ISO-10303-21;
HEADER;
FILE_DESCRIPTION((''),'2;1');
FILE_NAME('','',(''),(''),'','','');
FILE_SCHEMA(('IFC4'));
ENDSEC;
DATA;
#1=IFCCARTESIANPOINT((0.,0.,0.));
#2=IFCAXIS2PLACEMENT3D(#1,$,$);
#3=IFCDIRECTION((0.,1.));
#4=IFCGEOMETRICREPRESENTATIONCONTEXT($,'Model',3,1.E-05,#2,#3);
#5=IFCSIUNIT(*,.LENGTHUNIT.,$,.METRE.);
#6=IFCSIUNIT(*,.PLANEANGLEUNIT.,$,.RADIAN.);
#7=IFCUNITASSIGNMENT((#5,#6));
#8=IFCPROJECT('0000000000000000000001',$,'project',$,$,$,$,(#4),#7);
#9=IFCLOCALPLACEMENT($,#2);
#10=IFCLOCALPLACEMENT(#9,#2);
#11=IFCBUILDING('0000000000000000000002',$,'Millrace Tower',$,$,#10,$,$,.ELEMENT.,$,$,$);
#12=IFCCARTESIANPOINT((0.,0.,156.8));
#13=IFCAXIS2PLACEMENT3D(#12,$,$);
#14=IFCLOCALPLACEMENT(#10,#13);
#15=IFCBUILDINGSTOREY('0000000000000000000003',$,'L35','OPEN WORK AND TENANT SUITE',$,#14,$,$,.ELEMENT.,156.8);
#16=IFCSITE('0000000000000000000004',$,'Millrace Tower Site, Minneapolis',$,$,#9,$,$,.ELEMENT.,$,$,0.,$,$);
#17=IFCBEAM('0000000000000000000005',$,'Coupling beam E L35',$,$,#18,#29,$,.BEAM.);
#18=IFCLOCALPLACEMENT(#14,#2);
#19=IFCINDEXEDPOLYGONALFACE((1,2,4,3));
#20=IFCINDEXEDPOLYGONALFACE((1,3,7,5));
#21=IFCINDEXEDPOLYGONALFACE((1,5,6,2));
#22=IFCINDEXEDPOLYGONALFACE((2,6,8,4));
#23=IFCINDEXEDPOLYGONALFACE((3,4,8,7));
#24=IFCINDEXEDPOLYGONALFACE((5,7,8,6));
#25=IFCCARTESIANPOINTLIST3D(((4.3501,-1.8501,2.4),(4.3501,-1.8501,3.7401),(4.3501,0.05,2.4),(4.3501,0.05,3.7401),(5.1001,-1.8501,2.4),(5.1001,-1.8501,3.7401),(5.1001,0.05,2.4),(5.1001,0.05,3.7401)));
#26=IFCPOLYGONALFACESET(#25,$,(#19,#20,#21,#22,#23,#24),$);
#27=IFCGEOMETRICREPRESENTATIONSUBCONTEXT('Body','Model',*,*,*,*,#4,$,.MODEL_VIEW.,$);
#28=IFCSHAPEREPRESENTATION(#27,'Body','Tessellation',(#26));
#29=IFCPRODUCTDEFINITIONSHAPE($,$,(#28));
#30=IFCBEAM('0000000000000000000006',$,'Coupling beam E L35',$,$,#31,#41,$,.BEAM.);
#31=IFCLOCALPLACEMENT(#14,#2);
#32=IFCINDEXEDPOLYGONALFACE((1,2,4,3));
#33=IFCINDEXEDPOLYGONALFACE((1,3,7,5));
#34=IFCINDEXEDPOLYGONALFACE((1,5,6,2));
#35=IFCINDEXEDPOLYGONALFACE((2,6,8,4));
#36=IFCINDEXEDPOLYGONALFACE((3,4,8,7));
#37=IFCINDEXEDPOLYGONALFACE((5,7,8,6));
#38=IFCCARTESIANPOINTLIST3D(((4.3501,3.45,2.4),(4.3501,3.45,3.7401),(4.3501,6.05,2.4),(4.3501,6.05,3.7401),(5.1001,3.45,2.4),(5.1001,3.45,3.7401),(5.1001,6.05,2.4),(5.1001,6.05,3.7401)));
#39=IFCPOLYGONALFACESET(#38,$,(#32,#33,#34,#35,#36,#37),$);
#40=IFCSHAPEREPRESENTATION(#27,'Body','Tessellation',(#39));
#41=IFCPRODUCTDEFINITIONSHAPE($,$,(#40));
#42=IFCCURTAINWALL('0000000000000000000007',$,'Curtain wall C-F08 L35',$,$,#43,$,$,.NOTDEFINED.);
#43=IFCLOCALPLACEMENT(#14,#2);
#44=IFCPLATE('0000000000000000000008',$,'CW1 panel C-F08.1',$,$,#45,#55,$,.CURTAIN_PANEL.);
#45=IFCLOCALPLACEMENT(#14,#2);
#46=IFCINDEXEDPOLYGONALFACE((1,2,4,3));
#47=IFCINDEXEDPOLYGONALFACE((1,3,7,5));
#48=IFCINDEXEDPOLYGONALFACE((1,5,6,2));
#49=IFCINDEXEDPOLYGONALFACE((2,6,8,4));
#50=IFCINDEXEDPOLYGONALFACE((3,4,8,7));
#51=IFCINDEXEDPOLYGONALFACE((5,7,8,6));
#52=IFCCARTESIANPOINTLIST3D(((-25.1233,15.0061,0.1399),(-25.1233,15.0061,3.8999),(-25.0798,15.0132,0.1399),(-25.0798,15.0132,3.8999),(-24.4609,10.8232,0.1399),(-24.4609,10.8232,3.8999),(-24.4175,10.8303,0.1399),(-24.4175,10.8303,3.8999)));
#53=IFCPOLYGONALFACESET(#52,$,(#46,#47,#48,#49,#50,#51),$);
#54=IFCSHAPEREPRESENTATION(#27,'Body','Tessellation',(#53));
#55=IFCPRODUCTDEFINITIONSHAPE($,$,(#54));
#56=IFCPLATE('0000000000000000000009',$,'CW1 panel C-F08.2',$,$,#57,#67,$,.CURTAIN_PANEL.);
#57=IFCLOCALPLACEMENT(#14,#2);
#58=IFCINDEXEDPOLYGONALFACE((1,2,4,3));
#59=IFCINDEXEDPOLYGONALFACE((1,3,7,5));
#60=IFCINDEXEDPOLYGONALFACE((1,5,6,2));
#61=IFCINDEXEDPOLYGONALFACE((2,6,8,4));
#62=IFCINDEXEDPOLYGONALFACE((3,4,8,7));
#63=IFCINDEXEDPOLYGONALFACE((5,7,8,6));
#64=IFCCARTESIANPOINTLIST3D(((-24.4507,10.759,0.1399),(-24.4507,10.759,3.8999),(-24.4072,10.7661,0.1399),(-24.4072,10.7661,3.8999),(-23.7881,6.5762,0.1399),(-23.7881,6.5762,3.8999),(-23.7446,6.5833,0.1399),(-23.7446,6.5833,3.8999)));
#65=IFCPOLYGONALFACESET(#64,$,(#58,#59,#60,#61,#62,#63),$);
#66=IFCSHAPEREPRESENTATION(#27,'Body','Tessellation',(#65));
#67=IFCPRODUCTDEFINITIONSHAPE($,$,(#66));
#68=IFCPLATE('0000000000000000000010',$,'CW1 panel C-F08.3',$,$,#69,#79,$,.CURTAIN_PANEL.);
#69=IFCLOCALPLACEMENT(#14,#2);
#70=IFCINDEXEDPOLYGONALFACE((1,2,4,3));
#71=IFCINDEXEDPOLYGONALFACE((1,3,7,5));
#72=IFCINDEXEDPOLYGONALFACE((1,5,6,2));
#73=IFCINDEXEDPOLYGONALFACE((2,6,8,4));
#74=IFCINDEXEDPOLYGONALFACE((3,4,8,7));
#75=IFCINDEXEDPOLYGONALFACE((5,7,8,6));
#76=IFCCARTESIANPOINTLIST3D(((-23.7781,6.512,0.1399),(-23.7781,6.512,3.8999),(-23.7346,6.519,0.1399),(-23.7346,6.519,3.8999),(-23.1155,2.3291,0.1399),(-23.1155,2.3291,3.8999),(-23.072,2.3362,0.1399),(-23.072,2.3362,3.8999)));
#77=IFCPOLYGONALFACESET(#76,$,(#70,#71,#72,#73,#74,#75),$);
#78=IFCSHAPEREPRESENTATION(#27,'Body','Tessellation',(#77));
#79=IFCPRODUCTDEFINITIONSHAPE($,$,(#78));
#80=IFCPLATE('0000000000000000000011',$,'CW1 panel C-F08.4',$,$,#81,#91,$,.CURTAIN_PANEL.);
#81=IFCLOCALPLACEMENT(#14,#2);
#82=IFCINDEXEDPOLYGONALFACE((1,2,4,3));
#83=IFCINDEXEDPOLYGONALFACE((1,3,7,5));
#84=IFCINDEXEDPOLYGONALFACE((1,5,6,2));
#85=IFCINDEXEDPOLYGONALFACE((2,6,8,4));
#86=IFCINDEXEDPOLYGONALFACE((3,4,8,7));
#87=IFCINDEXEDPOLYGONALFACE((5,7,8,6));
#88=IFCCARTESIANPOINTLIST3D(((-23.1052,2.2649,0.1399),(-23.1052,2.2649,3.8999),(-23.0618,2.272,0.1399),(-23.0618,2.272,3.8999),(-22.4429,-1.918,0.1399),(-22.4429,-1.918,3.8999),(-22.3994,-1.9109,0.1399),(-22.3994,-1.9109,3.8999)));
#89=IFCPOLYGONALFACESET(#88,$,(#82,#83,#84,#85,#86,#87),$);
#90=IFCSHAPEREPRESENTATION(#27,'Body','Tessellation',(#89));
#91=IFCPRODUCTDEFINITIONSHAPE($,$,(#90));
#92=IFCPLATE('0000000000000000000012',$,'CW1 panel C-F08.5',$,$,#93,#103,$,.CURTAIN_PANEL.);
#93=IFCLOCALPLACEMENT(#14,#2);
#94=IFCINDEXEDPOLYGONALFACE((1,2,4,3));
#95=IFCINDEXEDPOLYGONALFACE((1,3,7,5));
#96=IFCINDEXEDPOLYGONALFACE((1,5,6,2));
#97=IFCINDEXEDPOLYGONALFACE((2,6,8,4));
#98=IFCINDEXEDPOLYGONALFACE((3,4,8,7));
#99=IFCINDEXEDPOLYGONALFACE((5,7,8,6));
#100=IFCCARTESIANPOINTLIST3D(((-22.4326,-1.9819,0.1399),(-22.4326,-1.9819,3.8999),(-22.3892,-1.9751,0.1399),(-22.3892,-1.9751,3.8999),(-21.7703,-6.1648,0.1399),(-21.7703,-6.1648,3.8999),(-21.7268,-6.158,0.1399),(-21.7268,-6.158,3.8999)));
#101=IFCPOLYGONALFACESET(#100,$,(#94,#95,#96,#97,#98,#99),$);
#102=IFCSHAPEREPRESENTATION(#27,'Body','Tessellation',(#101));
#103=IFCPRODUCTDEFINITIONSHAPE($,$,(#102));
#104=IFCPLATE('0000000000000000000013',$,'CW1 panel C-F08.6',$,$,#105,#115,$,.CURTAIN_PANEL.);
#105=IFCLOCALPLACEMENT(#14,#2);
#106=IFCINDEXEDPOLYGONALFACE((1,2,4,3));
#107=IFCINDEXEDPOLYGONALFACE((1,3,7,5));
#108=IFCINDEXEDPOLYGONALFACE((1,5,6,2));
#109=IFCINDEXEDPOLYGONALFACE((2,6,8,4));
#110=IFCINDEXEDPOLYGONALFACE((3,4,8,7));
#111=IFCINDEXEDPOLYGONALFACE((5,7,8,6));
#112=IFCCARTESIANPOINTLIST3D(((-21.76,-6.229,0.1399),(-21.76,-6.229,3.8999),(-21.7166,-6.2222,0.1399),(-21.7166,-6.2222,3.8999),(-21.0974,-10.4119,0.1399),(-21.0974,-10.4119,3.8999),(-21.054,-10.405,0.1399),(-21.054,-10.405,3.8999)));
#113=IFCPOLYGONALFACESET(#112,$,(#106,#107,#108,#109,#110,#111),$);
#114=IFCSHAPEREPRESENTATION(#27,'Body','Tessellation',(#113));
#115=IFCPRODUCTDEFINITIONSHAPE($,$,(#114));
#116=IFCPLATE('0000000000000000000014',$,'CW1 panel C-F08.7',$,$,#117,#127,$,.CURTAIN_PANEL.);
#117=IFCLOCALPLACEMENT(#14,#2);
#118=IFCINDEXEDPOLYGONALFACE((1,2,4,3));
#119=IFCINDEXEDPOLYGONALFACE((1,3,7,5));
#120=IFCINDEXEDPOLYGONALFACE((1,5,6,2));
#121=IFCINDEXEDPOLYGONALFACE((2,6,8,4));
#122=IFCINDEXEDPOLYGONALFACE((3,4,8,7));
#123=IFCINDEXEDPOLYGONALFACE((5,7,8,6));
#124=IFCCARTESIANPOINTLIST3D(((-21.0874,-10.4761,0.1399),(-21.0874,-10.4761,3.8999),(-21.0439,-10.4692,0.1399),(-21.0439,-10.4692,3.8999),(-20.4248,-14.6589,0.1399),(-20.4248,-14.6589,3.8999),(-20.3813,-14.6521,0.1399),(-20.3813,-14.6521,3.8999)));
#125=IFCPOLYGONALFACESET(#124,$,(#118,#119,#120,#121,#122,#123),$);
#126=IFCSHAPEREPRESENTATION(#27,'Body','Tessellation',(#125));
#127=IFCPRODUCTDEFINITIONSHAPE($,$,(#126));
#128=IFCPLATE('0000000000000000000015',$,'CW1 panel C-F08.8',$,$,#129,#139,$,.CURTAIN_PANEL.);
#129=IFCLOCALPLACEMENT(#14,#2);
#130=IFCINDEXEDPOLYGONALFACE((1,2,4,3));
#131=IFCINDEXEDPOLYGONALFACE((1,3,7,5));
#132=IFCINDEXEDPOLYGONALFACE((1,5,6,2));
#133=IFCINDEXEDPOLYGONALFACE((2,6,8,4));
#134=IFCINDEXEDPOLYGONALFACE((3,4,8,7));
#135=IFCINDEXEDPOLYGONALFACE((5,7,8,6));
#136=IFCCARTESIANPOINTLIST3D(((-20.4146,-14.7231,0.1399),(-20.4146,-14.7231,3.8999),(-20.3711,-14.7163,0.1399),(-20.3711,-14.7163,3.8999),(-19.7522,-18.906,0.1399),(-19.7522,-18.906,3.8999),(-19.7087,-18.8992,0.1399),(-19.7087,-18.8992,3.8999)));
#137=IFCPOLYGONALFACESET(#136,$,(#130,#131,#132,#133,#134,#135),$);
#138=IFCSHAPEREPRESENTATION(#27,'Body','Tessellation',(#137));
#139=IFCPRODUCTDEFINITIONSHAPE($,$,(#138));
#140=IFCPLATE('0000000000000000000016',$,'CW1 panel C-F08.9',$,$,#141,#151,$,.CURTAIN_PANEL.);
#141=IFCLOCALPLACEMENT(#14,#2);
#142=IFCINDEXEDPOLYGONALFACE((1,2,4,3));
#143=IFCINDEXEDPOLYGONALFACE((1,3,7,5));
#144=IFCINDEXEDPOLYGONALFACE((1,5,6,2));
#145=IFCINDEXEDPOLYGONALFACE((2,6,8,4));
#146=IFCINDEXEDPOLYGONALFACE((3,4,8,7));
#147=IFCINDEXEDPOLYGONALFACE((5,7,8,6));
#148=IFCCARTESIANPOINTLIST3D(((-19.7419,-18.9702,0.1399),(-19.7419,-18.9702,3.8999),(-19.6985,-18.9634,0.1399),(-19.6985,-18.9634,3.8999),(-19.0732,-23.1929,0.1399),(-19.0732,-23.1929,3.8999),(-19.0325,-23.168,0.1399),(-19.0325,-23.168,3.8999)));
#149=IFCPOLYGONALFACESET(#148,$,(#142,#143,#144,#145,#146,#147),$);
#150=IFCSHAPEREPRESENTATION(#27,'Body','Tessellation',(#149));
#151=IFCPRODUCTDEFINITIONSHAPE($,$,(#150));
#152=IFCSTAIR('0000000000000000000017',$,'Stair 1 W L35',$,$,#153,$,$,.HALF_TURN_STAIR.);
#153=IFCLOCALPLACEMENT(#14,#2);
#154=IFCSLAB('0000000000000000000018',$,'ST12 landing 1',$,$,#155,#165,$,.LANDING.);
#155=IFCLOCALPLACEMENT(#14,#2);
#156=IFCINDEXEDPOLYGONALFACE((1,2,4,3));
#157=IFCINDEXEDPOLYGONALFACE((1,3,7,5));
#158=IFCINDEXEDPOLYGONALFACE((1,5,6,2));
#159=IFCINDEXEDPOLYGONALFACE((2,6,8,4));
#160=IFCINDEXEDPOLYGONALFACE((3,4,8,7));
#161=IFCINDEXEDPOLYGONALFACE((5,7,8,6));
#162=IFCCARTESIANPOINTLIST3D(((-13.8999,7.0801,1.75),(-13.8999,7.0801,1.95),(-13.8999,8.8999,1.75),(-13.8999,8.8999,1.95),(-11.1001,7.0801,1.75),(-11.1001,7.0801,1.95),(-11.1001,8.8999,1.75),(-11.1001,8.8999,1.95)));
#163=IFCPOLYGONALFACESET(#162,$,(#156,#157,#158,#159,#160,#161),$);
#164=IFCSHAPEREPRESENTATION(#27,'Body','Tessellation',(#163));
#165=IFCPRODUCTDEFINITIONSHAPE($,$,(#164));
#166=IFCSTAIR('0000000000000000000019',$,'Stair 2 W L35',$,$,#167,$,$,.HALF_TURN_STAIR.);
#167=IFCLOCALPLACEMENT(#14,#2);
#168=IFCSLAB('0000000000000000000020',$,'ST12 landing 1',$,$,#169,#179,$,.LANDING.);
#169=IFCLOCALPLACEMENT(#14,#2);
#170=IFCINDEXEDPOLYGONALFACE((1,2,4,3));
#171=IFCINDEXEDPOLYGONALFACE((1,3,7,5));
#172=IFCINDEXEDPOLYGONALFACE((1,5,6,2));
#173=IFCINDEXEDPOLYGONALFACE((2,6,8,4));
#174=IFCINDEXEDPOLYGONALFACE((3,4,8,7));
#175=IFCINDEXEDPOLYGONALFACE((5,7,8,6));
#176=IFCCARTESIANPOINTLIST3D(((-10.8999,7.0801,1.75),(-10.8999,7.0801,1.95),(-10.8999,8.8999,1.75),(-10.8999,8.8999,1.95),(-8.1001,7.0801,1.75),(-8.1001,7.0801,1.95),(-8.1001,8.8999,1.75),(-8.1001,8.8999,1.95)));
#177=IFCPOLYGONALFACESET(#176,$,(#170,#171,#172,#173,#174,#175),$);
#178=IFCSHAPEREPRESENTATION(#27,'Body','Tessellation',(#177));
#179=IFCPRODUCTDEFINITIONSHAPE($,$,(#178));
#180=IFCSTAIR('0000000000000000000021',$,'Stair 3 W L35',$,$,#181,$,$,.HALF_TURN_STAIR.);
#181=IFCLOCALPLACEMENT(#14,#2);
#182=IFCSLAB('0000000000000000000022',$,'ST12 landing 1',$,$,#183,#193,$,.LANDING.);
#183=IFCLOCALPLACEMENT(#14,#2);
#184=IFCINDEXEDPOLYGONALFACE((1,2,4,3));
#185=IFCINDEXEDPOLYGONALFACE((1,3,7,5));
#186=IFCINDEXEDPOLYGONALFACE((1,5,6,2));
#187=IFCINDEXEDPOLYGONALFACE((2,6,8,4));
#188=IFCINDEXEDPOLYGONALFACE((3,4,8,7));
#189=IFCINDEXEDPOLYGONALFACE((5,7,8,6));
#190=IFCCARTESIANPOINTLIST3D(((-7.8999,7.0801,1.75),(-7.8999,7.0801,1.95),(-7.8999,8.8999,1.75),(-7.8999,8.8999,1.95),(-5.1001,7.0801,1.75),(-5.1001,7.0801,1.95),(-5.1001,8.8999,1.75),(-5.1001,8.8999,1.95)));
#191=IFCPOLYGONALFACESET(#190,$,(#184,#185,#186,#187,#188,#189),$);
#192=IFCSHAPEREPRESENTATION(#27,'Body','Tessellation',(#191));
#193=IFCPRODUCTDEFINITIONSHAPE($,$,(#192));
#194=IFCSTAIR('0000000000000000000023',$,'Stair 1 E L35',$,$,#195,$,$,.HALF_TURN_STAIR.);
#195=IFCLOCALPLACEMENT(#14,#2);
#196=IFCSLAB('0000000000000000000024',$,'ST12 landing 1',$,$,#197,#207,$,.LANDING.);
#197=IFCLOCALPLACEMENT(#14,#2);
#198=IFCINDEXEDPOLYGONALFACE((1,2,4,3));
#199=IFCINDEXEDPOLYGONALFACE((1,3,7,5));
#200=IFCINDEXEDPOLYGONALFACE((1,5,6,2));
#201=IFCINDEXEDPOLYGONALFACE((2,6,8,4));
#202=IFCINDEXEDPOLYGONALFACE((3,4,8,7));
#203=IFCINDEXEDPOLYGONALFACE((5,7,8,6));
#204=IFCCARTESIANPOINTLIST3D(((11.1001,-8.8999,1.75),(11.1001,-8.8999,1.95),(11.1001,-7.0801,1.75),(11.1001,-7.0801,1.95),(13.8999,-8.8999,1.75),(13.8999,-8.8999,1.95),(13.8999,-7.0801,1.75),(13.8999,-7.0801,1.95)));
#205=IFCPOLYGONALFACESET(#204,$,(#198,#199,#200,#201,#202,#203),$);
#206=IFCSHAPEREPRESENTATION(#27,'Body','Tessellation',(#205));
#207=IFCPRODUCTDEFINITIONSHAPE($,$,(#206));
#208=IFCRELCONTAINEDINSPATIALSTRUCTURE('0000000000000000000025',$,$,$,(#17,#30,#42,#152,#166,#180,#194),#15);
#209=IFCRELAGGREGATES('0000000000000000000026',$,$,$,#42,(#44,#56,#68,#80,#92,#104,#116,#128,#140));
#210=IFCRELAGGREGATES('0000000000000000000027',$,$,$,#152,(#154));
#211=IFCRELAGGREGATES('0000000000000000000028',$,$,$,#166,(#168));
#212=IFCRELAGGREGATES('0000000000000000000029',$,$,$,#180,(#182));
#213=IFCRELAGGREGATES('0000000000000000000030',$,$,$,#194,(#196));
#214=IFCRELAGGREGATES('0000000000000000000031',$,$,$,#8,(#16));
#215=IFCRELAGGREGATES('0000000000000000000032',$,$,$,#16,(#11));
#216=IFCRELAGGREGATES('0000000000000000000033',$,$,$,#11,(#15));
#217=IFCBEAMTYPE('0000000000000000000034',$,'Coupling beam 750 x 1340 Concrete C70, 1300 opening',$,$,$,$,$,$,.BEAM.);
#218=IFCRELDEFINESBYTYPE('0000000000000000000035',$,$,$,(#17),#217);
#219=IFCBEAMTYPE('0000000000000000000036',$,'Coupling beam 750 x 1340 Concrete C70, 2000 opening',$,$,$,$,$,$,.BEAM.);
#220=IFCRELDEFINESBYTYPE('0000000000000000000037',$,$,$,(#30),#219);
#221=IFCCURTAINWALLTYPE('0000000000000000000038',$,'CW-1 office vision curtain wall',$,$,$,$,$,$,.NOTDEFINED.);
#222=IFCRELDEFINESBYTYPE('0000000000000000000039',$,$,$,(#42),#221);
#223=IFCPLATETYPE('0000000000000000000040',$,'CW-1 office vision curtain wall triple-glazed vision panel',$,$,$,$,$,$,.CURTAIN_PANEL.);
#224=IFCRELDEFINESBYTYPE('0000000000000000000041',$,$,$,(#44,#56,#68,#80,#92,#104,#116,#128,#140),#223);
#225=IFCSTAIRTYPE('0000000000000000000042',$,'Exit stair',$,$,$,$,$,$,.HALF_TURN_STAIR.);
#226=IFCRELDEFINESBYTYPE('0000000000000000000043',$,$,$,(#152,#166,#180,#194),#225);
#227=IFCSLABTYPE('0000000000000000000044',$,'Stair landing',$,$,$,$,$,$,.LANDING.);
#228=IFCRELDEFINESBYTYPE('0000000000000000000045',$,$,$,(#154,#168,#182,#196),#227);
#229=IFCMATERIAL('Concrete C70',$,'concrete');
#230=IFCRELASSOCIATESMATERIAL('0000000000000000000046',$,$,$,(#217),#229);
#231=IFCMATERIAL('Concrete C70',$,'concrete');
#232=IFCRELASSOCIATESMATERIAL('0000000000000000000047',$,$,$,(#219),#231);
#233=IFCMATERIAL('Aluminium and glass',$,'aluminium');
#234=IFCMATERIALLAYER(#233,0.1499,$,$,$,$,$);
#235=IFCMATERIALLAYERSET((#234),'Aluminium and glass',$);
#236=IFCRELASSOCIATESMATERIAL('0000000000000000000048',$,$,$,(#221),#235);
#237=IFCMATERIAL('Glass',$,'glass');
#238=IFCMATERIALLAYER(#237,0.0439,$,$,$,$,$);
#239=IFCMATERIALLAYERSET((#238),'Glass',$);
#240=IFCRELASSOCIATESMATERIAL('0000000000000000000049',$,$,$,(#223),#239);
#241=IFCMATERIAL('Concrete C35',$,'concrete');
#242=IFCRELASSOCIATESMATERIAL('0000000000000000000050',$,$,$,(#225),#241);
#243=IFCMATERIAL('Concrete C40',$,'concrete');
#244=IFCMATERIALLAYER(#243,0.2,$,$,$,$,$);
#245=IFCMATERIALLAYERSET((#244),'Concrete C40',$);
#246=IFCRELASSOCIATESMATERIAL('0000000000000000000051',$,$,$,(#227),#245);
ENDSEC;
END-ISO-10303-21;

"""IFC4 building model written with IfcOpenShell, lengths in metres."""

from ifc_helpers import new_model, si_unit, direction, frame, origin, origin_2d, place, context, subcontext, project, spatial, polyline, rectangle, outline, extrude, material, layer, layer_set, material_profile, profile_set, type_object, element, aggregate, save


model = new_model("IFC4")

# Units and contexts
model_context = context("Model", 3, precision=1e-05, world=origin(), true_north=direction((0.0, 1.0)))
body_context = subcontext(model_context, "Body", "Model", "MODEL_VIEW")
ifc_project = project(units=[si_unit("LENGTHUNIT", "METRE"), si_unit("PLANEANGLEUNIT", "RADIAN")], contexts=[model_context])

# Site, building, storey
site_placement = place(None, origin())
site = spatial("IfcSite", under=ifc_project, at=site_placement, Name="Millrace Tower Site, Minneapolis", CompositionType="ELEMENT", RefElevation=0.0)
building_placement = place(site_placement, origin())
building = spatial("IfcBuilding", under=site, at=building_placement, Name="Millrace Tower", CompositionType="ELEMENT")
storey_placement = place(building_placement, frame((0.0, 0.0, 156.8)))
storey = spatial("IfcBuildingStorey", under=building, at=storey_placement, Name="L35", Description="OPEN WORK AND TENANT SUITE", CompositionType="ELEMENT", Elevation=156.8)

# Beams
ifc_material_1 = material(Name="Concrete C70", Category="concrete")
ifc_material_profile_1 = material_profile(ifc_material_1, rectangle(XDim=0.75, YDim=1.3401, at=origin_2d()))
ifc_profile_set_1 = profile_set([ifc_material_profile_1], Name="Concrete C70")
beam_type_1 = type_object("IfcBeamType", Name="Coupling beam 750 x 1340 Concrete C70, 1300 opening", PredefinedType="BEAM", material=ifc_profile_set_1)
beam_1_placement = place(storey_placement, frame((4.7251, 0.05, 3.0701), z_axis=(0.0, -1.0, 0.0), x_axis=(1.0, 0.0, 0.0)))
element("IfcBeam", 1, at=beam_1_placement, inside=storey, type_object=beam_type_1, Name="Coupling beam E L35", PredefinedType="BEAM", context=body_context, shape_type="SweptSolid", body=[
    extrude(rectangle(XDim=0.75, YDim=1.3401, at=origin_2d()), origin(), (0.0, 0.0, 1.0), 1.9001),
])
ifc_material_2 = material(Name="Concrete C70", Category="concrete")
ifc_material_profile_2 = material_profile(ifc_material_2, rectangle(XDim=0.75, YDim=1.3401, at=origin_2d()))
ifc_profile_set_2 = profile_set([ifc_material_profile_2], Name="Concrete C70")
beam_type_2 = type_object("IfcBeamType", Name="Coupling beam 750 x 1340 Concrete C70, 2000 opening", PredefinedType="BEAM", material=ifc_profile_set_2)
beam_2_placement = place(storey_placement, frame((4.7251, 6.05, 3.0701), z_axis=(0.0, -1.0, 0.0), x_axis=(1.0, 0.0, 0.0)))
element("IfcBeam", 2, at=beam_2_placement, inside=storey, type_object=beam_type_2, Name="Coupling beam E L35", PredefinedType="BEAM", context=body_context, shape_type="SweptSolid", body=[
    extrude(rectangle(XDim=0.75, YDim=1.3401, at=origin_2d()), origin(), (0.0, 0.0, 1.0), 2.6001),
])

# Curtain wall, plates
ifc_material_3 = material(Name="Aluminium and glass", Category="aluminium")
ifc_layer_1 = layer(ifc_material_3, 0.1499)
ifc_layer_set_1 = layer_set([ifc_layer_1], Name="Aluminium and glass")
curtain_wall_type = type_object("IfcCurtainWallType", Name="CW-1 office vision curtain wall", PredefinedType="NOTDEFINED", material=ifc_layer_set_1)
placement_1 = place(storey_placement, origin())
curtain_wall = element("IfcCurtainWall", 3, at=placement_1, inside=storey, type_object=curtain_wall_type, Name="Curtain wall C-F08 L35", PredefinedType="NOTDEFINED")
ifc_material_4 = material(Name="Glass", Category="glass")
ifc_layer_2 = layer(ifc_material_4, 0.0439)
ifc_layer_set_2 = layer_set([ifc_layer_2], Name="Glass")
plate_type = type_object("IfcPlateType", Name="CW-1 office vision curtain wall triple-glazed vision panel", PredefinedType="CURTAIN_PANEL", material=ifc_layer_set_2)
placement_2 = place(storey_placement, frame((0.0, 0.0, 0.1399)))
plate_1 = element("IfcPlate", 4, at=placement_2, type_object=plate_type, Name="CW1 panel C-F08.1", PredefinedType="CURTAIN_PANEL", context=body_context, shape_type="SweptSolid", body=[
    extrude(outline(polyline([(-25.1233, 15.0061), (-24.4609, 10.8232), (-24.4175, 10.8303), (-25.0798, 15.0132), (-25.1233, 15.0061)])), origin(), (0.0, 0.0, 1.0), 3.76),
])
plate_2 = element("IfcPlate", 5, at=placement_2, type_object=plate_type, Name="CW1 panel C-F08.2", PredefinedType="CURTAIN_PANEL", context=body_context, shape_type="SweptSolid", body=[
    extrude(outline(polyline([(-24.4507, 10.759), (-23.7881, 6.5762), (-23.7446, 6.5833), (-24.4072, 10.7661), (-24.4507, 10.759)])), origin(), (0.0, 0.0, 1.0), 3.76),
])
plate_3 = element("IfcPlate", 6, at=placement_2, type_object=plate_type, Name="CW1 panel C-F08.3", PredefinedType="CURTAIN_PANEL", context=body_context, shape_type="SweptSolid", body=[
    extrude(outline(polyline([(-23.7781, 6.512), (-23.1155, 2.3291), (-23.072, 2.3362), (-23.7346, 6.519), (-23.7781, 6.512)])), origin(), (0.0, 0.0, 1.0), 3.76),
])
plate_4 = element("IfcPlate", 7, at=placement_2, type_object=plate_type, Name="CW1 panel C-F08.4", PredefinedType="CURTAIN_PANEL", context=body_context, shape_type="SweptSolid", body=[
    extrude(outline(polyline([(-23.1052, 2.2649), (-22.4429, -1.918), (-22.3994, -1.9109), (-23.0618, 2.272), (-23.1052, 2.2649)])), origin(), (0.0, 0.0, 1.0), 3.76),
])
plate_5 = element("IfcPlate", 8, at=placement_2, type_object=plate_type, Name="CW1 panel C-F08.5", PredefinedType="CURTAIN_PANEL", context=body_context, shape_type="SweptSolid", body=[
    extrude(outline(polyline([(-22.4326, -1.9819), (-21.7703, -6.1648), (-21.7268, -6.158), (-22.3892, -1.9751), (-22.4326, -1.9819)])), origin(), (0.0, 0.0, 1.0), 3.76),
])
plate_6 = element("IfcPlate", 9, at=placement_2, type_object=plate_type, Name="CW1 panel C-F08.6", PredefinedType="CURTAIN_PANEL", context=body_context, shape_type="SweptSolid", body=[
    extrude(outline(polyline([(-21.76, -6.229), (-21.0974, -10.4119), (-21.054, -10.405), (-21.7166, -6.2222), (-21.76, -6.229)])), origin(), (0.0, 0.0, 1.0), 3.76),
])
plate_7 = element("IfcPlate", 10, at=placement_2, type_object=plate_type, Name="CW1 panel C-F08.7", PredefinedType="CURTAIN_PANEL", context=body_context, shape_type="SweptSolid", body=[
    extrude(outline(polyline([(-21.0874, -10.4761), (-20.4248, -14.6589), (-20.3813, -14.6521), (-21.0439, -10.4692), (-21.0874, -10.4761)])), origin(), (0.0, 0.0, 1.0), 3.76),
])
plate_8 = element("IfcPlate", 11, at=placement_2, type_object=plate_type, Name="CW1 panel C-F08.8", PredefinedType="CURTAIN_PANEL", context=body_context, shape_type="SweptSolid", body=[
    extrude(outline(polyline([(-20.4146, -14.7231), (-19.7522, -18.906), (-19.7087, -18.8992), (-20.3711, -14.7163), (-20.4146, -14.7231)])), origin(), (0.0, 0.0, 1.0), 3.76),
])
plate_9 = element("IfcPlate", 12, at=placement_2, type_object=plate_type, Name="CW1 panel C-F08.9", PredefinedType="CURTAIN_PANEL", context=body_context, shape_type="SweptSolid", body=[
    extrude(outline(polyline([(-19.7419, -18.9702), (-19.0732, -23.1929), (-19.0325, -23.168), (-19.6985, -18.9634), (-19.7419, -18.9702)])), origin(), (0.0, 0.0, 1.0), 3.76),
])
aggregate(curtain_wall, [plate_1, plate_2, plate_3, plate_4, plate_5, plate_6, plate_7, plate_8, plate_9])

# Stairs, slabs
ifc_material_5 = material(Name="Concrete C35", Category="concrete")
stair_type = type_object("IfcStairType", Name="Exit stair", PredefinedType="HALF_TURN_STAIR", material=ifc_material_5)
stair_1 = element("IfcStair", 13, at=placement_1, inside=storey, type_object=stair_type, Name="Stair 1 W L35", PredefinedType="HALF_TURN_STAIR")
ifc_material_6 = material(Name="Concrete C40", Category="concrete")
ifc_layer_3 = layer(ifc_material_6, 0.2)
ifc_layer_set_3 = layer_set([ifc_layer_3], Name="Concrete C40")
slab_type = type_object("IfcSlabType", Name="Stair landing", PredefinedType="LANDING", material=ifc_layer_set_3)
placement_3 = place(storey_placement, frame((0.0, 0.0, 1.75)))
slab_1 = element("IfcSlab", 14, at=placement_3, type_object=slab_type, Name="ST12 landing 1", PredefinedType="LANDING", context=body_context, shape_type="SweptSolid", body=[
    extrude(outline(polyline([(-13.8999, 7.0801), (-11.1001, 7.0801), (-11.1001, 8.8999), (-13.8999, 8.8999), (-13.8999, 7.0801)])), origin(), (0.0, 0.0, 1.0), 0.2),
])
aggregate(stair_1, [slab_1])
stair_2 = element("IfcStair", 15, at=placement_1, inside=storey, type_object=stair_type, Name="Stair 2 W L35", PredefinedType="HALF_TURN_STAIR")
slab_2 = element("IfcSlab", 16, at=placement_3, type_object=slab_type, Name="ST12 landing 1", PredefinedType="LANDING", context=body_context, shape_type="SweptSolid", body=[
    extrude(outline(polyline([(-10.8999, 7.0801), (-8.1001, 7.0801), (-8.1001, 8.8999), (-10.8999, 8.8999), (-10.8999, 7.0801)])), origin(), (0.0, 0.0, 1.0), 0.2),
])
aggregate(stair_2, [slab_2])
stair_3 = element("IfcStair", 17, at=placement_1, inside=storey, type_object=stair_type, Name="Stair 3 W L35", PredefinedType="HALF_TURN_STAIR")
slab_3 = element("IfcSlab", 18, at=placement_3, type_object=slab_type, Name="ST12 landing 1", PredefinedType="LANDING", context=body_context, shape_type="SweptSolid", body=[
    extrude(outline(polyline([(-7.8999, 7.0801), (-5.1001, 7.0801), (-5.1001, 8.8999), (-7.8999, 8.8999), (-7.8999, 7.0801)])), origin(), (0.0, 0.0, 1.0), 0.2),
])
aggregate(stair_3, [slab_3])
stair_4 = element("IfcStair", 19, at=placement_1, inside=storey, type_object=stair_type, Name="Stair 1 E L35", PredefinedType="HALF_TURN_STAIR")
slab_4 = element("IfcSlab", 20, at=placement_3, type_object=slab_type, Name="ST12 landing 1", PredefinedType="LANDING", context=body_context, shape_type="SweptSolid", body=[
    extrude(outline(polyline([(11.1001, -8.8999), (13.8999, -8.8999), (13.8999, -7.0801), (11.1001, -7.0801), (11.1001, -8.8999)])), origin(), (0.0, 0.0, 1.0), 0.2),
])
aggregate(stair_4, [slab_4])

save(model, "model.ifc")
